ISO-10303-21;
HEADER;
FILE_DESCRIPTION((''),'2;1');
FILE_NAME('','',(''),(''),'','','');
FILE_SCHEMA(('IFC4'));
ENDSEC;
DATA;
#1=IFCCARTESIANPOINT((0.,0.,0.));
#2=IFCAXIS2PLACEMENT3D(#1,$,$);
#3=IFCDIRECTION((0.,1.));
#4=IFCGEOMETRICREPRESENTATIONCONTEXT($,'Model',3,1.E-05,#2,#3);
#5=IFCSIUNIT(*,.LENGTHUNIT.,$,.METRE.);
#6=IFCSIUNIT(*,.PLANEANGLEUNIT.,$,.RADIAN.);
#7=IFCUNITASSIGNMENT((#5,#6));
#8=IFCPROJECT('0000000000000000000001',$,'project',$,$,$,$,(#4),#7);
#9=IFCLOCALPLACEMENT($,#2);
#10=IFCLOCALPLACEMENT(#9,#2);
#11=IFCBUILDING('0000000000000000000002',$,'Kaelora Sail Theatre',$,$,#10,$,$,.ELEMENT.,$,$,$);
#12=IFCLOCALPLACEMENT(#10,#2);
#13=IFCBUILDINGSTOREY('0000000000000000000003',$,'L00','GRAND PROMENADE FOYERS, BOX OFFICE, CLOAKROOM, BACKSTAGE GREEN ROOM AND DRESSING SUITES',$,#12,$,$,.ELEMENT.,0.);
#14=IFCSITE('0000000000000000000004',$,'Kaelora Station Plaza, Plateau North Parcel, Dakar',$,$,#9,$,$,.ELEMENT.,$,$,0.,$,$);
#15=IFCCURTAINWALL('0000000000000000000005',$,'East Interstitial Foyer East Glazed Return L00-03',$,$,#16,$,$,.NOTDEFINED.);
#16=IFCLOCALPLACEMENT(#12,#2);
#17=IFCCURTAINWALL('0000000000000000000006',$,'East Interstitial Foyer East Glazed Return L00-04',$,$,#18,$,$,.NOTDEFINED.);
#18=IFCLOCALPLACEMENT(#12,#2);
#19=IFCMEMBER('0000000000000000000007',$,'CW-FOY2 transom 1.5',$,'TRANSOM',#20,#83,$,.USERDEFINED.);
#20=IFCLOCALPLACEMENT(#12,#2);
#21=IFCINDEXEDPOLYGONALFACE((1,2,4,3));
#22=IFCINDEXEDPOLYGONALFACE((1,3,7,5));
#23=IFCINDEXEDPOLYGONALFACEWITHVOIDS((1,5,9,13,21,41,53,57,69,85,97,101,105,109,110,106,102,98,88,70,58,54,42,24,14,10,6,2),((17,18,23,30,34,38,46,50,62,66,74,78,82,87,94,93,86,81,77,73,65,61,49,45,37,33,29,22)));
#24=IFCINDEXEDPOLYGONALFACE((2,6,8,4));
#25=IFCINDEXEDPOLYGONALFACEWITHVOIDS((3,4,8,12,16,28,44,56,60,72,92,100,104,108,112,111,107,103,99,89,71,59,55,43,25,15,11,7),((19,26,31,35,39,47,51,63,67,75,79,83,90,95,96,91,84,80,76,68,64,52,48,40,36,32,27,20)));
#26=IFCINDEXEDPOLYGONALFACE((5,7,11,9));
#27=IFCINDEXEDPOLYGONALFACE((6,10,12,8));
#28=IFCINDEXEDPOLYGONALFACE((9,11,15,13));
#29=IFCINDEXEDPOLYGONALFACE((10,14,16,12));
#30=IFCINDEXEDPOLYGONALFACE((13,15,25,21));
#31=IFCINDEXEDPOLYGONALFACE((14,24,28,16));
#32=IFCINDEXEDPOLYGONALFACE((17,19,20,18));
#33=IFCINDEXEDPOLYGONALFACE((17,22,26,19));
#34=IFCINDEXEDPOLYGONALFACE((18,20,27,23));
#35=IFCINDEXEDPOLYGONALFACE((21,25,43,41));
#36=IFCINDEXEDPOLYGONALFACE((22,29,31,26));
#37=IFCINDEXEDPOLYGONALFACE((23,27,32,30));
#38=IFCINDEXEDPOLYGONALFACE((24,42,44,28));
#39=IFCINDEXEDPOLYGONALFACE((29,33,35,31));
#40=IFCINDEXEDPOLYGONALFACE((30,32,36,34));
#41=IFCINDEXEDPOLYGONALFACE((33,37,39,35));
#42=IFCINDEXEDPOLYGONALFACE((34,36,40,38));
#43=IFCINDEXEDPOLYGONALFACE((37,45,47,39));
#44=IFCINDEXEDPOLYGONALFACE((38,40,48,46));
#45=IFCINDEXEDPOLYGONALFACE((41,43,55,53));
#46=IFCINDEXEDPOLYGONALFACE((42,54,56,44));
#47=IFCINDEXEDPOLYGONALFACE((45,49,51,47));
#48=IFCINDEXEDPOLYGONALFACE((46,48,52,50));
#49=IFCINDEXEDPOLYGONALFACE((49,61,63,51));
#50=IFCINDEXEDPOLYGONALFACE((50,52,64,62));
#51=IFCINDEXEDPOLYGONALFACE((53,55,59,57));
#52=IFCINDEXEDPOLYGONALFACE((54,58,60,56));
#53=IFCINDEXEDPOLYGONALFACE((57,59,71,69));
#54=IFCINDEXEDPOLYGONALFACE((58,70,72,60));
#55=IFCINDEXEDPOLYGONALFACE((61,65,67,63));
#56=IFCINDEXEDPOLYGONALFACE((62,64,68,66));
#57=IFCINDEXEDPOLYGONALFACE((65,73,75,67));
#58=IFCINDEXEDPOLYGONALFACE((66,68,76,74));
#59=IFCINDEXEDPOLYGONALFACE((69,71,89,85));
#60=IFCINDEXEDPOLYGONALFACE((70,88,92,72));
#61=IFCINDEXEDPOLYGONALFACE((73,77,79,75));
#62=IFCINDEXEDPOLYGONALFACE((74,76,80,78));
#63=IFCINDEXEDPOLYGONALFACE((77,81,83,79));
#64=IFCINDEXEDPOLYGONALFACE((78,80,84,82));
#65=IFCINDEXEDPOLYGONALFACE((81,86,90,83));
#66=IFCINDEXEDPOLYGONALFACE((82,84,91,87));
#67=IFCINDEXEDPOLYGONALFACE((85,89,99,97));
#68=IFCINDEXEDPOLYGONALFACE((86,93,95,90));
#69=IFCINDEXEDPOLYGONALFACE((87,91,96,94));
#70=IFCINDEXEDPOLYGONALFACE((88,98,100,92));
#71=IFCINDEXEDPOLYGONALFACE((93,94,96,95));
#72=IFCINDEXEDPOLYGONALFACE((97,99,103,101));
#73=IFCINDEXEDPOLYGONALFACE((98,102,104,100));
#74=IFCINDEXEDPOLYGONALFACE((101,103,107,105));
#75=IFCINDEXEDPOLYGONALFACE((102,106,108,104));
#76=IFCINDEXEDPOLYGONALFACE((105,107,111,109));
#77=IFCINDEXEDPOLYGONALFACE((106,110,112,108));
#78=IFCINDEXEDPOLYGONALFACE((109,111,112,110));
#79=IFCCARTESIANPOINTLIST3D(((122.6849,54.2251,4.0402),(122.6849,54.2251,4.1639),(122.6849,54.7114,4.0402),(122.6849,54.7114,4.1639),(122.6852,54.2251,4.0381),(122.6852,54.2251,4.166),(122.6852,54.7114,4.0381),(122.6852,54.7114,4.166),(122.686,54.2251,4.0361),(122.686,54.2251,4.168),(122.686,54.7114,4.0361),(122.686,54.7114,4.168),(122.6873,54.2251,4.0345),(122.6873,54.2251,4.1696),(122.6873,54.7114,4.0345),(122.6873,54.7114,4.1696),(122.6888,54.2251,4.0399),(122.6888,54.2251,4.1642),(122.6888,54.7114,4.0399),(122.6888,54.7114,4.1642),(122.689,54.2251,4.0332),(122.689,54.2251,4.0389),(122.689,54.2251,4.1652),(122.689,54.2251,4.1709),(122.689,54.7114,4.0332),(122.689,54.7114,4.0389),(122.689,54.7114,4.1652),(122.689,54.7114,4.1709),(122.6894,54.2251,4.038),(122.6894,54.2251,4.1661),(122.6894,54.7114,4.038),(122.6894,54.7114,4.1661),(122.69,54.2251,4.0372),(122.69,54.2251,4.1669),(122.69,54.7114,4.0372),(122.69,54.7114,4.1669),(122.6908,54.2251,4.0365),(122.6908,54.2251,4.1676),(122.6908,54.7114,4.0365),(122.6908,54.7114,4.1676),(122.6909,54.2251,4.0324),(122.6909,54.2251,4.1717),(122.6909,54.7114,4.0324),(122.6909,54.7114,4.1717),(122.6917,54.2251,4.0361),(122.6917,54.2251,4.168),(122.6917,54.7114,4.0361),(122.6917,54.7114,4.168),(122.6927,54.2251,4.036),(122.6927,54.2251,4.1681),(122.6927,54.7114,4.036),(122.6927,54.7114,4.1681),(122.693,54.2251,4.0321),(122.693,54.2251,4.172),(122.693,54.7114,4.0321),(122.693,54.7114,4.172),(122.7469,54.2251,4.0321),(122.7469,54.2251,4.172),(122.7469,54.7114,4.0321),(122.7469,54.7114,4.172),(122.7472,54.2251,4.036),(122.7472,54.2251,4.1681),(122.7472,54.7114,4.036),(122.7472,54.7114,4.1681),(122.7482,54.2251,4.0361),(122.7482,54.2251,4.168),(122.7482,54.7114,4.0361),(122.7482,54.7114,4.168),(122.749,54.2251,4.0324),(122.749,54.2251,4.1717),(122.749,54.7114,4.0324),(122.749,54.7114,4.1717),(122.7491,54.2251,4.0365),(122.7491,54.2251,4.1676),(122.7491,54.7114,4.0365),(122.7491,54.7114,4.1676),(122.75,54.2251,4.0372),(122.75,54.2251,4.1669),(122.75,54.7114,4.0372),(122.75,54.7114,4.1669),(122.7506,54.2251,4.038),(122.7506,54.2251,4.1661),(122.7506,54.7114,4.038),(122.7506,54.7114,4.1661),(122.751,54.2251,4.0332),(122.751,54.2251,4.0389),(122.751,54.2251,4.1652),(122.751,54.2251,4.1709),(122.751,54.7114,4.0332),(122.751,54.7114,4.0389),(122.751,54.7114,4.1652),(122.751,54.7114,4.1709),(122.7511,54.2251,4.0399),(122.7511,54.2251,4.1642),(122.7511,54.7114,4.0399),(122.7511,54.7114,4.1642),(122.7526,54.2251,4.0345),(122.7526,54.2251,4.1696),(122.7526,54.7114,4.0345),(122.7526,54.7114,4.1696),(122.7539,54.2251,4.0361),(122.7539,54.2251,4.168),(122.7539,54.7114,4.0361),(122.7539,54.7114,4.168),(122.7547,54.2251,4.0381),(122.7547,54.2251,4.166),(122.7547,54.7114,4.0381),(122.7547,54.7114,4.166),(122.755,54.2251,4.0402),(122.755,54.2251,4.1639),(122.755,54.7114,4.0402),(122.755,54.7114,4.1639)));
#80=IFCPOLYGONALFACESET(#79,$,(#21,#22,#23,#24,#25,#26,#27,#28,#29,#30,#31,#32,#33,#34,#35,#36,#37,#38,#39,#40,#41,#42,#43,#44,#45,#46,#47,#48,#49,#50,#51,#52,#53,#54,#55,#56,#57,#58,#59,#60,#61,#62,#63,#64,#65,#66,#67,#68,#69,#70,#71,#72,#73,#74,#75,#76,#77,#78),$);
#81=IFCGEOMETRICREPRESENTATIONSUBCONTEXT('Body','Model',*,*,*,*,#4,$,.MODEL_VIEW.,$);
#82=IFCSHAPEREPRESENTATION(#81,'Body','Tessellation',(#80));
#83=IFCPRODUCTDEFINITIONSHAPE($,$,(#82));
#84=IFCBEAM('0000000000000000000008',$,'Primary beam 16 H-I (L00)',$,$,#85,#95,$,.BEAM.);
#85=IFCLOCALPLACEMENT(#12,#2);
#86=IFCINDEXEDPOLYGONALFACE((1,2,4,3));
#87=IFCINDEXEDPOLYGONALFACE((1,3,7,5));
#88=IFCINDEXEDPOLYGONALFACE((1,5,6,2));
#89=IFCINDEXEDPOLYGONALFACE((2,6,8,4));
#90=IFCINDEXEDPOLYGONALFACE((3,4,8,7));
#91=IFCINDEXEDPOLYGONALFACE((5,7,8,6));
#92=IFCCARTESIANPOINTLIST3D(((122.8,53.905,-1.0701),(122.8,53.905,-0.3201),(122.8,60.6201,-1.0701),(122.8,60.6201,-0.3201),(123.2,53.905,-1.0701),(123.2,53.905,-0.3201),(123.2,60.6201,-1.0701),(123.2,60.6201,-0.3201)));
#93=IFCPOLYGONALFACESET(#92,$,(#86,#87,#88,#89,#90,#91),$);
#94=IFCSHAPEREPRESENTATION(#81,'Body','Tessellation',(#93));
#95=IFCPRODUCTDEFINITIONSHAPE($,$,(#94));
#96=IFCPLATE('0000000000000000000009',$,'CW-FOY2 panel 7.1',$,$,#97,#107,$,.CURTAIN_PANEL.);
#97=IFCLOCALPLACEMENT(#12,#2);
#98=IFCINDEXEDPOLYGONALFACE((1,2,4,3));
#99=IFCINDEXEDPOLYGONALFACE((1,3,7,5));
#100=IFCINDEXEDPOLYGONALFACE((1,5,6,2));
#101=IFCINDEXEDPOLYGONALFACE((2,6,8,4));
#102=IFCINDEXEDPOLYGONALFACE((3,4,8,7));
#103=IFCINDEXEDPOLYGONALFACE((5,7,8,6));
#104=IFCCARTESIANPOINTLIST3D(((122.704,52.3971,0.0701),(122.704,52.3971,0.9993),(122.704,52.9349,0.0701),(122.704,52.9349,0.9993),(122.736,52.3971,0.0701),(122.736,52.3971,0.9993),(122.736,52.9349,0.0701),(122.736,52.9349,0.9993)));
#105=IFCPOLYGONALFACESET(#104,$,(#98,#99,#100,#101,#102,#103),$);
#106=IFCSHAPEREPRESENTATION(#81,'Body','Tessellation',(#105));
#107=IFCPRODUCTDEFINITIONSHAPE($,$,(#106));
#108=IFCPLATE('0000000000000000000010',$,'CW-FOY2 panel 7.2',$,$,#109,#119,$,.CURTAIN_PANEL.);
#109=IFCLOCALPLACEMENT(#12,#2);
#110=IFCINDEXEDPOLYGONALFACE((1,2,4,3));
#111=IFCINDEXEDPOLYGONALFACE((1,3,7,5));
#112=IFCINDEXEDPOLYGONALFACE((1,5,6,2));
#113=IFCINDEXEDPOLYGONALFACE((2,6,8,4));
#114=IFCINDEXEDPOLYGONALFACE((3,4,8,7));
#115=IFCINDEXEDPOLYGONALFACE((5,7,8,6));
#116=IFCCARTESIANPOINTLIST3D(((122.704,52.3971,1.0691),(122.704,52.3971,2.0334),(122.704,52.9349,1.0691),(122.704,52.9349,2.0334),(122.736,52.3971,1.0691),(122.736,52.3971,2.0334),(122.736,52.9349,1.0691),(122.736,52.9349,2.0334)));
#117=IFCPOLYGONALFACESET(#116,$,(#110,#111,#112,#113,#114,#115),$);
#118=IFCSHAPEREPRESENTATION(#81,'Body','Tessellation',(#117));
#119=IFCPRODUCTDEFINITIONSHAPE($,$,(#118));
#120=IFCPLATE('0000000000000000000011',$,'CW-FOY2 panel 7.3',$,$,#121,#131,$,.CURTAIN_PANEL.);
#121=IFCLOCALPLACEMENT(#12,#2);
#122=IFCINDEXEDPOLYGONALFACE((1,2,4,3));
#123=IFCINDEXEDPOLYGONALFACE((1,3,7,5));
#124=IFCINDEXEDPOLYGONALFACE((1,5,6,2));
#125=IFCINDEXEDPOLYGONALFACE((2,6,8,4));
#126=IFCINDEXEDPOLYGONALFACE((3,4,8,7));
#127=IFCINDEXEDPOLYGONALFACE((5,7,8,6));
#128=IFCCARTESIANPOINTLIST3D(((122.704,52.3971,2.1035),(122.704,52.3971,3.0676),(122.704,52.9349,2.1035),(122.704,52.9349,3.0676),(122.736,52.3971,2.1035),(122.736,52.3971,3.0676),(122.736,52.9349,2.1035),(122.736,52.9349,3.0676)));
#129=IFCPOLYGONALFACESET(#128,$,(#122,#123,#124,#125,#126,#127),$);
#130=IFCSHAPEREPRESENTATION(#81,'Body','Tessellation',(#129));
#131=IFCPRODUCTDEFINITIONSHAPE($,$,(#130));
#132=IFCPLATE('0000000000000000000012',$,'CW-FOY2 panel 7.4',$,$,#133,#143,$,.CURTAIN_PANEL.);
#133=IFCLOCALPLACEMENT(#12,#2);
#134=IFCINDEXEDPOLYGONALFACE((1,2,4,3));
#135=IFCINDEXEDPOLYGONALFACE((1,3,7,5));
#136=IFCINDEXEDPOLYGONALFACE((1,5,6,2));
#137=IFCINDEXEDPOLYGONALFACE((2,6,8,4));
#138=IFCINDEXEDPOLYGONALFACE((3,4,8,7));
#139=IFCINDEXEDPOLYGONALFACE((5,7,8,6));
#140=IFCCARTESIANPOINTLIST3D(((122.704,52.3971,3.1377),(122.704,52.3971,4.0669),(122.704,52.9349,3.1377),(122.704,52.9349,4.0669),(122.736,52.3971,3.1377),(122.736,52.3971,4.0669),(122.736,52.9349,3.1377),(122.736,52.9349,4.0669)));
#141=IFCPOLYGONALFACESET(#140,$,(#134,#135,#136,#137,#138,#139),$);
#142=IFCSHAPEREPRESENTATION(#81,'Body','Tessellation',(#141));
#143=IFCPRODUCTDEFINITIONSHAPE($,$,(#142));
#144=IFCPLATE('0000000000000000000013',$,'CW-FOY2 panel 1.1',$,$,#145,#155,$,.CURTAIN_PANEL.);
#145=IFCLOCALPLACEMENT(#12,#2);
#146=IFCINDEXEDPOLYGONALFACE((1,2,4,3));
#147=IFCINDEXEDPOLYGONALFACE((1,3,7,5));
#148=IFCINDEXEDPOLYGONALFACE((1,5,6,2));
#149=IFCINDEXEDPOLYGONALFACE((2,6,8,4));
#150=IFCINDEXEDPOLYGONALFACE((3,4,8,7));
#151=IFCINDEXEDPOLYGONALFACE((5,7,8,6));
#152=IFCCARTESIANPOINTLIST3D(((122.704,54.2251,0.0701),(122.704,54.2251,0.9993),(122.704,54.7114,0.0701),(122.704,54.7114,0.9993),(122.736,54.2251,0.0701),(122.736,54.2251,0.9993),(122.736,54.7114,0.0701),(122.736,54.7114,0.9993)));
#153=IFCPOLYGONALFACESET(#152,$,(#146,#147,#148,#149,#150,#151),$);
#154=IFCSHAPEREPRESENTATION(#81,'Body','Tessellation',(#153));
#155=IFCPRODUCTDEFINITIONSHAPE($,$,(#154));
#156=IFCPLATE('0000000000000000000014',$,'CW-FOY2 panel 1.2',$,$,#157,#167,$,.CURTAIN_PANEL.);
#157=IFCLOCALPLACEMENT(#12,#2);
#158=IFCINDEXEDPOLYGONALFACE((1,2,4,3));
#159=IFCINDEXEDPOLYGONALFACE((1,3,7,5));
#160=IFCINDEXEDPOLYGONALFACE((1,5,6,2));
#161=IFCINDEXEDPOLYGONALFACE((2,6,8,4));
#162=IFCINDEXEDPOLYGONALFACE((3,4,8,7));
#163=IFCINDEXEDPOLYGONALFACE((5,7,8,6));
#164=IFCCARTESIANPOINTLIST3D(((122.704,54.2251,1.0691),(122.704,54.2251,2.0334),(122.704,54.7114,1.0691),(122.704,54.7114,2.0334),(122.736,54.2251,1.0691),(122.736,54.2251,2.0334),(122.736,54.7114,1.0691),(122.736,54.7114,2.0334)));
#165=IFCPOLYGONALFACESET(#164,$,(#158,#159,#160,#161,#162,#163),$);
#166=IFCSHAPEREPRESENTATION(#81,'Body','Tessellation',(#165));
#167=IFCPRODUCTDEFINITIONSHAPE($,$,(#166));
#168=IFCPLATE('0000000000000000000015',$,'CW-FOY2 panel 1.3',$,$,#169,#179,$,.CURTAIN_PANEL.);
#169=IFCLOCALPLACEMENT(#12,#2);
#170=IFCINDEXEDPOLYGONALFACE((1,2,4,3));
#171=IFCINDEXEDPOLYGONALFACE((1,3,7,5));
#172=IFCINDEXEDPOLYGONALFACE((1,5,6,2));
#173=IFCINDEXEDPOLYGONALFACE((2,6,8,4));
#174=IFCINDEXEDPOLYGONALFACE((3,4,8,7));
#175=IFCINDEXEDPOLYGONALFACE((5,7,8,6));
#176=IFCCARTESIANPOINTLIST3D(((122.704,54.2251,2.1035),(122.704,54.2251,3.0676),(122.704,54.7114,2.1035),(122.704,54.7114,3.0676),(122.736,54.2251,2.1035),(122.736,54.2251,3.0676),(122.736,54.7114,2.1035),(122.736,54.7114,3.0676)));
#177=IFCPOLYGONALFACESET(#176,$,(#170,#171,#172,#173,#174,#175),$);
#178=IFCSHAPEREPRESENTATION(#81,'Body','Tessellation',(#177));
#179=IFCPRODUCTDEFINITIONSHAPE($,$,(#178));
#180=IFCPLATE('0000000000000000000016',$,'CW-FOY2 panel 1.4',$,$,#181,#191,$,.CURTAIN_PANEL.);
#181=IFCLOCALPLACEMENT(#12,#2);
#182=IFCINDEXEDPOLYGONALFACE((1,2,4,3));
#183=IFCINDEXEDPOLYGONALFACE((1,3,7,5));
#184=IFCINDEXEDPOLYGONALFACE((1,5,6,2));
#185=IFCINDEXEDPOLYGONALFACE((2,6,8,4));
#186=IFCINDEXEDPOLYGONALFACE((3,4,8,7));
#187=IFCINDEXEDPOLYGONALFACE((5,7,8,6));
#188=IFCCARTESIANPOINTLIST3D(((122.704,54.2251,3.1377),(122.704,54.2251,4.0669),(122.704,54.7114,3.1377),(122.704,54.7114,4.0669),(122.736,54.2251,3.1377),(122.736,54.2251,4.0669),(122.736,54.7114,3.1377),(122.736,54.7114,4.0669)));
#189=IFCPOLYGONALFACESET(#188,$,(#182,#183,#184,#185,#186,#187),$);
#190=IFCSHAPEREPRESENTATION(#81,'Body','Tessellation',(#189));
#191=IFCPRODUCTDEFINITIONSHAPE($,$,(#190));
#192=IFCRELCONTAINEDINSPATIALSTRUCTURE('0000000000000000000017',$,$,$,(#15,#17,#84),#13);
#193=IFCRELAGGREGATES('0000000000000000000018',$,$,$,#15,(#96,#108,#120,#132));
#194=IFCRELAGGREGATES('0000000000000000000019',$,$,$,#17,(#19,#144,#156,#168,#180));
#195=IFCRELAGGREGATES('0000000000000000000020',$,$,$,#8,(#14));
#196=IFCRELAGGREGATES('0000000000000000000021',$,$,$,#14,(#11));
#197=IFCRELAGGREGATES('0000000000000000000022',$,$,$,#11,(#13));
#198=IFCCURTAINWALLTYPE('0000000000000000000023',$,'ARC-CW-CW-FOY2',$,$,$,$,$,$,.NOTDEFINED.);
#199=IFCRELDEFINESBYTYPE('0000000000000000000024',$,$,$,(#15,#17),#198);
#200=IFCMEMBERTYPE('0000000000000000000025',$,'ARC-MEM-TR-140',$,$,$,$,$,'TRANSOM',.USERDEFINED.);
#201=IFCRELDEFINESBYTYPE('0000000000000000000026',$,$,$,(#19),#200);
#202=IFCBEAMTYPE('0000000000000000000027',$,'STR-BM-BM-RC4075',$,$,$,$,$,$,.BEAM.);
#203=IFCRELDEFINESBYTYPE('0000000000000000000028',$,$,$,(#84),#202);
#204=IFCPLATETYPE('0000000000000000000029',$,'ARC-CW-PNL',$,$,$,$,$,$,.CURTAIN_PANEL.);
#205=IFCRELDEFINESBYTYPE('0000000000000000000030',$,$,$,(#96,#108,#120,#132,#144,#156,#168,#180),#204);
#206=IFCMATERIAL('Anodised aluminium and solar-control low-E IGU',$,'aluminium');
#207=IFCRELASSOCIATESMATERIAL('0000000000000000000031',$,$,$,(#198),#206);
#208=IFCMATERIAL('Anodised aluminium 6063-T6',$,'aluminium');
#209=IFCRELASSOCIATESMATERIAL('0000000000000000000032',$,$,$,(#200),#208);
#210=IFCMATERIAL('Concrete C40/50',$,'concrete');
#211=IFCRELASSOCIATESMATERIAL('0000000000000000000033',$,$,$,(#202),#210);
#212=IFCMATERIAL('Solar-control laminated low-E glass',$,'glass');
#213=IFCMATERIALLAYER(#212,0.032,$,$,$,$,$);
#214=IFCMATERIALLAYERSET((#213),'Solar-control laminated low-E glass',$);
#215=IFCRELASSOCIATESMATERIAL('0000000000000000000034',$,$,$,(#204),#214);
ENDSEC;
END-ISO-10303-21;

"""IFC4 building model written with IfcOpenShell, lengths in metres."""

from ifc_helpers import new_model, si_unit, direction, frame, origin, origin_2d, place, context, subcontext, project, spatial, rectangle, hollow_rectangle, extrude, material, layer, layer_set, material_profile, profile_set, type_object, element, aggregate, save


model = new_model("IFC4")

# Units and contexts
model_context = context("Model", 3, precision=1e-05, world=origin(), true_north=direction((0.0, 1.0)))
body_context = subcontext(model_context, "Body", "Model", "MODEL_VIEW")
ifc_project = project(units=[si_unit("LENGTHUNIT", "METRE"), si_unit("PLANEANGLEUNIT", "RADIAN")], contexts=[model_context])

# Site, building, storey
site_placement = place(None, origin())
site = spatial("IfcSite", under=ifc_project, at=site_placement, Name="Kaelora Station Plaza, Plateau North Parcel, Dakar", CompositionType="ELEMENT", RefElevation=0.0)
building_placement = place(site_placement, origin())
building = spatial("IfcBuilding", under=site, at=building_placement, Name="Kaelora Sail Theatre", CompositionType="ELEMENT")
storey_placement = place(building_placement, origin())
storey = spatial("IfcBuildingStorey", under=building, at=storey_placement, Name="L00", Description="GRAND PROMENADE FOYERS, BOX OFFICE, CLOAKROOM, BACKSTAGE GREEN ROOM AND DRESSING SUITES", CompositionType="ELEMENT", Elevation=0.0)

# Curtain wall
ifc_material_1 = material(Name="Anodised aluminium and solar-control low-E IGU", Category="aluminium")
curtain_wall_type = type_object("IfcCurtainWallType", Name="ARC-CW-CW-FOY2", PredefinedType="NOTDEFINED", material=ifc_material_1)
curtain_wall_1_placement = place(storey_placement, origin())
curtain_wall_1 = element("IfcCurtainWall", 1, at=curtain_wall_1_placement, inside=storey, type_object=curtain_wall_type, Name="East Interstitial Foyer East Glazed Return L00-03", PredefinedType="NOTDEFINED")

# Curtain wall
curtain_wall_2_placement = place(storey_placement, origin())
curtain_wall_2 = element("IfcCurtainWall", 2, at=curtain_wall_2_placement, inside=storey, type_object=curtain_wall_type, Name="East Interstitial Foyer East Glazed Return L00-04", PredefinedType="NOTDEFINED")

# Member
ifc_material_2 = material(Name="Anodised aluminium 6063-T6", Category="aluminium")
ifc_material_profile_1 = material_profile(ifc_material_2, hollow_rectangle(XDim=0.0701, YDim=0.1399, WallThickness=0.0039, InnerFilletRadius=0.0039, OuterFilletRadius=0.0081, at=origin_2d()), Name="ALU-TRAN 70x140x4")
ifc_profile_set_1 = profile_set([ifc_material_profile_1], Name="Anodised aluminium 6063-T6")
member_type_1 = type_object("IfcMemberType", Name="ARC-MEM-TR-140", ElementType="TRANSOM", PredefinedType="USERDEFINED", material=ifc_profile_set_1)
member_1_placement = place(storey_placement, frame((122.72, 54.2251, 4.1021), z_axis=(0.0, 1.0, 0.0), x_axis=(-1.0, 0.0, 0.0)))
member_1 = element("IfcMember", 3, at=member_1_placement, type_object=member_type_1, Name="CW-FOY2 transom 1.5", ObjectType="TRANSOM", PredefinedType="USERDEFINED", context=body_context, shape_type="SweptSolid", body=[
    extrude(hollow_rectangle(XDim=0.0701, YDim=0.1399, WallThickness=0.0039, InnerFilletRadius=0.0039, OuterFilletRadius=0.0081, at=origin_2d()), origin(), (0.0, 0.0, 1.0), 0.4863),
])

# Beam
ifc_material_3 = material(Name="Concrete C40/50", Category="concrete")
ifc_material_profile_2 = material_profile(ifc_material_3, rectangle(XDim=0.3999, YDim=0.75, at=origin_2d()), Name="RC-BM 400x750")
ifc_profile_set_2 = profile_set([ifc_material_profile_2], Name="Concrete C40/50")
beam_type = type_object("IfcBeamType", Name="STR-BM-BM-RC4075", PredefinedType="BEAM", material=ifc_profile_set_2)
beam_placement = place(storey_placement, frame((123.0, 53.905, -0.6951), z_axis=(0.0, 1.0, 0.0), x_axis=(-1.0, 0.0, 0.0)))
element("IfcBeam", 4, at=beam_placement, inside=storey, type_object=beam_type, Name="Primary beam 16 H-I (L00)", PredefinedType="BEAM", context=body_context, shape_type="SweptSolid", body=[
    extrude(rectangle(XDim=0.3999, YDim=0.75, at=origin_2d()), origin(), (0.0, 0.0, 1.0), 6.7151),
])

# Plates
ifc_material_4 = material(Name="Solar-control laminated low-E glass", Category="glass")
ifc_layer = layer(ifc_material_4, 0.032)
ifc_layer_set = layer_set([ifc_layer], Name="Solar-control laminated low-E glass")
plate_type = type_object("IfcPlateType", Name="ARC-CW-PNL", PredefinedType="CURTAIN_PANEL", material=ifc_layer_set)
plate_1_placement = place(storey_placement, frame((122.72, 52.666, 0.0701), z_axis=(0.0, 0.0, 1.0), x_axis=(0.0, 1.0, 0.0)))
plate_1 = element("IfcPlate", 5, at=plate_1_placement, type_object=plate_type, Name="CW-FOY2 panel 7.1", PredefinedType="CURTAIN_PANEL", context=body_context, shape_type="SweptSolid", body=[
    extrude(rectangle(XDim=0.5378, YDim=0.032, at=origin_2d()), origin(), (0.0, 0.0, 1.0), 0.9292),
])
plate_2_placement = place(storey_placement, frame((122.72, 52.666, 1.0691), z_axis=(0.0, 0.0, 1.0), x_axis=(0.0, 1.0, 0.0)))
plate_2 = element("IfcPlate", 6, at=plate_2_placement, type_object=plate_type, Name="CW-FOY2 panel 7.2", PredefinedType="CURTAIN_PANEL", context=body_context, shape_type="SweptSolid", body=[
    extrude(rectangle(XDim=0.5378, YDim=0.032, at=origin_2d()), origin(), (0.0, 0.0, 1.0), 0.9644),
])
plate_3_placement = place(storey_placement, frame((122.72, 52.666, 2.1035), z_axis=(0.0, 0.0, 1.0), x_axis=(0.0, 1.0, 0.0)))
plate_3 = element("IfcPlate", 7, at=plate_3_placement, type_object=plate_type, Name="CW-FOY2 panel 7.3", PredefinedType="CURTAIN_PANEL", context=body_context, shape_type="SweptSolid", body=[
    extrude(rectangle(XDim=0.5378, YDim=0.032, at=origin_2d()), origin(), (0.0, 0.0, 1.0), 0.9641),
])
plate_4_placement = place(storey_placement, frame((122.72, 52.666, 3.1377), z_axis=(0.0, 0.0, 1.0), x_axis=(0.0, 1.0, 0.0)))
plate_4 = element("IfcPlate", 8, at=plate_4_placement, type_object=plate_type, Name="CW-FOY2 panel 7.4", PredefinedType="CURTAIN_PANEL", context=body_context, shape_type="SweptSolid", body=[
    extrude(rectangle(XDim=0.5378, YDim=0.032, at=origin_2d()), origin(), (0.0, 0.0, 1.0), 0.9292),
])
aggregate(curtain_wall_1, [plate_1, plate_2, plate_3, plate_4])
plate_5_placement = place(storey_placement, frame((122.72, 54.4683, 0.0701), z_axis=(0.0, 0.0, 1.0), x_axis=(0.0, 1.0, 0.0)))
plate_5 = element("IfcPlate", 9, at=plate_5_placement, type_object=plate_type, Name="CW-FOY2 panel 1.1", PredefinedType="CURTAIN_PANEL", context=body_context, shape_type="SweptSolid", body=[
    extrude(rectangle(XDim=0.4863, YDim=0.032, at=origin_2d()), origin(), (0.0, 0.0, 1.0), 0.9292),
])
plate_6_placement = place(storey_placement, frame((122.72, 54.4683, 1.0691), z_axis=(0.0, 0.0, 1.0), x_axis=(0.0, 1.0, 0.0)))
plate_6 = element("IfcPlate", 10, at=plate_6_placement, type_object=plate_type, Name="CW-FOY2 panel 1.2", PredefinedType="CURTAIN_PANEL", context=body_context, shape_type="SweptSolid", body=[
    extrude(rectangle(XDim=0.4863, YDim=0.032, at=origin_2d()), origin(), (0.0, 0.0, 1.0), 0.9644),
])
plate_7_placement = place(storey_placement, frame((122.72, 54.4683, 2.1035), z_axis=(0.0, 0.0, 1.0), x_axis=(0.0, 1.0, 0.0)))
plate_7 = element("IfcPlate", 11, at=plate_7_placement, type_object=plate_type, Name="CW-FOY2 panel 1.3", PredefinedType="CURTAIN_PANEL", context=body_context, shape_type="SweptSolid", body=[
    extrude(rectangle(XDim=0.4863, YDim=0.032, at=origin_2d()), origin(), (0.0, 0.0, 1.0), 0.9641),
])
plate_8_placement = place(storey_placement, frame((122.72, 54.4683, 3.1377), z_axis=(0.0, 0.0, 1.0), x_axis=(0.0, 1.0, 0.0)))
plate_8 = element("IfcPlate", 12, at=plate_8_placement, type_object=plate_type, Name="CW-FOY2 panel 1.4", PredefinedType="CURTAIN_PANEL", context=body_context, shape_type="SweptSolid", body=[
    extrude(rectangle(XDim=0.4863, YDim=0.032, at=origin_2d()), origin(), (0.0, 0.0, 1.0), 0.9292),
])
aggregate(curtain_wall_2, [member_1, plate_5, plate_6, plate_7, plate_8])

save(model, "model.ifc")
